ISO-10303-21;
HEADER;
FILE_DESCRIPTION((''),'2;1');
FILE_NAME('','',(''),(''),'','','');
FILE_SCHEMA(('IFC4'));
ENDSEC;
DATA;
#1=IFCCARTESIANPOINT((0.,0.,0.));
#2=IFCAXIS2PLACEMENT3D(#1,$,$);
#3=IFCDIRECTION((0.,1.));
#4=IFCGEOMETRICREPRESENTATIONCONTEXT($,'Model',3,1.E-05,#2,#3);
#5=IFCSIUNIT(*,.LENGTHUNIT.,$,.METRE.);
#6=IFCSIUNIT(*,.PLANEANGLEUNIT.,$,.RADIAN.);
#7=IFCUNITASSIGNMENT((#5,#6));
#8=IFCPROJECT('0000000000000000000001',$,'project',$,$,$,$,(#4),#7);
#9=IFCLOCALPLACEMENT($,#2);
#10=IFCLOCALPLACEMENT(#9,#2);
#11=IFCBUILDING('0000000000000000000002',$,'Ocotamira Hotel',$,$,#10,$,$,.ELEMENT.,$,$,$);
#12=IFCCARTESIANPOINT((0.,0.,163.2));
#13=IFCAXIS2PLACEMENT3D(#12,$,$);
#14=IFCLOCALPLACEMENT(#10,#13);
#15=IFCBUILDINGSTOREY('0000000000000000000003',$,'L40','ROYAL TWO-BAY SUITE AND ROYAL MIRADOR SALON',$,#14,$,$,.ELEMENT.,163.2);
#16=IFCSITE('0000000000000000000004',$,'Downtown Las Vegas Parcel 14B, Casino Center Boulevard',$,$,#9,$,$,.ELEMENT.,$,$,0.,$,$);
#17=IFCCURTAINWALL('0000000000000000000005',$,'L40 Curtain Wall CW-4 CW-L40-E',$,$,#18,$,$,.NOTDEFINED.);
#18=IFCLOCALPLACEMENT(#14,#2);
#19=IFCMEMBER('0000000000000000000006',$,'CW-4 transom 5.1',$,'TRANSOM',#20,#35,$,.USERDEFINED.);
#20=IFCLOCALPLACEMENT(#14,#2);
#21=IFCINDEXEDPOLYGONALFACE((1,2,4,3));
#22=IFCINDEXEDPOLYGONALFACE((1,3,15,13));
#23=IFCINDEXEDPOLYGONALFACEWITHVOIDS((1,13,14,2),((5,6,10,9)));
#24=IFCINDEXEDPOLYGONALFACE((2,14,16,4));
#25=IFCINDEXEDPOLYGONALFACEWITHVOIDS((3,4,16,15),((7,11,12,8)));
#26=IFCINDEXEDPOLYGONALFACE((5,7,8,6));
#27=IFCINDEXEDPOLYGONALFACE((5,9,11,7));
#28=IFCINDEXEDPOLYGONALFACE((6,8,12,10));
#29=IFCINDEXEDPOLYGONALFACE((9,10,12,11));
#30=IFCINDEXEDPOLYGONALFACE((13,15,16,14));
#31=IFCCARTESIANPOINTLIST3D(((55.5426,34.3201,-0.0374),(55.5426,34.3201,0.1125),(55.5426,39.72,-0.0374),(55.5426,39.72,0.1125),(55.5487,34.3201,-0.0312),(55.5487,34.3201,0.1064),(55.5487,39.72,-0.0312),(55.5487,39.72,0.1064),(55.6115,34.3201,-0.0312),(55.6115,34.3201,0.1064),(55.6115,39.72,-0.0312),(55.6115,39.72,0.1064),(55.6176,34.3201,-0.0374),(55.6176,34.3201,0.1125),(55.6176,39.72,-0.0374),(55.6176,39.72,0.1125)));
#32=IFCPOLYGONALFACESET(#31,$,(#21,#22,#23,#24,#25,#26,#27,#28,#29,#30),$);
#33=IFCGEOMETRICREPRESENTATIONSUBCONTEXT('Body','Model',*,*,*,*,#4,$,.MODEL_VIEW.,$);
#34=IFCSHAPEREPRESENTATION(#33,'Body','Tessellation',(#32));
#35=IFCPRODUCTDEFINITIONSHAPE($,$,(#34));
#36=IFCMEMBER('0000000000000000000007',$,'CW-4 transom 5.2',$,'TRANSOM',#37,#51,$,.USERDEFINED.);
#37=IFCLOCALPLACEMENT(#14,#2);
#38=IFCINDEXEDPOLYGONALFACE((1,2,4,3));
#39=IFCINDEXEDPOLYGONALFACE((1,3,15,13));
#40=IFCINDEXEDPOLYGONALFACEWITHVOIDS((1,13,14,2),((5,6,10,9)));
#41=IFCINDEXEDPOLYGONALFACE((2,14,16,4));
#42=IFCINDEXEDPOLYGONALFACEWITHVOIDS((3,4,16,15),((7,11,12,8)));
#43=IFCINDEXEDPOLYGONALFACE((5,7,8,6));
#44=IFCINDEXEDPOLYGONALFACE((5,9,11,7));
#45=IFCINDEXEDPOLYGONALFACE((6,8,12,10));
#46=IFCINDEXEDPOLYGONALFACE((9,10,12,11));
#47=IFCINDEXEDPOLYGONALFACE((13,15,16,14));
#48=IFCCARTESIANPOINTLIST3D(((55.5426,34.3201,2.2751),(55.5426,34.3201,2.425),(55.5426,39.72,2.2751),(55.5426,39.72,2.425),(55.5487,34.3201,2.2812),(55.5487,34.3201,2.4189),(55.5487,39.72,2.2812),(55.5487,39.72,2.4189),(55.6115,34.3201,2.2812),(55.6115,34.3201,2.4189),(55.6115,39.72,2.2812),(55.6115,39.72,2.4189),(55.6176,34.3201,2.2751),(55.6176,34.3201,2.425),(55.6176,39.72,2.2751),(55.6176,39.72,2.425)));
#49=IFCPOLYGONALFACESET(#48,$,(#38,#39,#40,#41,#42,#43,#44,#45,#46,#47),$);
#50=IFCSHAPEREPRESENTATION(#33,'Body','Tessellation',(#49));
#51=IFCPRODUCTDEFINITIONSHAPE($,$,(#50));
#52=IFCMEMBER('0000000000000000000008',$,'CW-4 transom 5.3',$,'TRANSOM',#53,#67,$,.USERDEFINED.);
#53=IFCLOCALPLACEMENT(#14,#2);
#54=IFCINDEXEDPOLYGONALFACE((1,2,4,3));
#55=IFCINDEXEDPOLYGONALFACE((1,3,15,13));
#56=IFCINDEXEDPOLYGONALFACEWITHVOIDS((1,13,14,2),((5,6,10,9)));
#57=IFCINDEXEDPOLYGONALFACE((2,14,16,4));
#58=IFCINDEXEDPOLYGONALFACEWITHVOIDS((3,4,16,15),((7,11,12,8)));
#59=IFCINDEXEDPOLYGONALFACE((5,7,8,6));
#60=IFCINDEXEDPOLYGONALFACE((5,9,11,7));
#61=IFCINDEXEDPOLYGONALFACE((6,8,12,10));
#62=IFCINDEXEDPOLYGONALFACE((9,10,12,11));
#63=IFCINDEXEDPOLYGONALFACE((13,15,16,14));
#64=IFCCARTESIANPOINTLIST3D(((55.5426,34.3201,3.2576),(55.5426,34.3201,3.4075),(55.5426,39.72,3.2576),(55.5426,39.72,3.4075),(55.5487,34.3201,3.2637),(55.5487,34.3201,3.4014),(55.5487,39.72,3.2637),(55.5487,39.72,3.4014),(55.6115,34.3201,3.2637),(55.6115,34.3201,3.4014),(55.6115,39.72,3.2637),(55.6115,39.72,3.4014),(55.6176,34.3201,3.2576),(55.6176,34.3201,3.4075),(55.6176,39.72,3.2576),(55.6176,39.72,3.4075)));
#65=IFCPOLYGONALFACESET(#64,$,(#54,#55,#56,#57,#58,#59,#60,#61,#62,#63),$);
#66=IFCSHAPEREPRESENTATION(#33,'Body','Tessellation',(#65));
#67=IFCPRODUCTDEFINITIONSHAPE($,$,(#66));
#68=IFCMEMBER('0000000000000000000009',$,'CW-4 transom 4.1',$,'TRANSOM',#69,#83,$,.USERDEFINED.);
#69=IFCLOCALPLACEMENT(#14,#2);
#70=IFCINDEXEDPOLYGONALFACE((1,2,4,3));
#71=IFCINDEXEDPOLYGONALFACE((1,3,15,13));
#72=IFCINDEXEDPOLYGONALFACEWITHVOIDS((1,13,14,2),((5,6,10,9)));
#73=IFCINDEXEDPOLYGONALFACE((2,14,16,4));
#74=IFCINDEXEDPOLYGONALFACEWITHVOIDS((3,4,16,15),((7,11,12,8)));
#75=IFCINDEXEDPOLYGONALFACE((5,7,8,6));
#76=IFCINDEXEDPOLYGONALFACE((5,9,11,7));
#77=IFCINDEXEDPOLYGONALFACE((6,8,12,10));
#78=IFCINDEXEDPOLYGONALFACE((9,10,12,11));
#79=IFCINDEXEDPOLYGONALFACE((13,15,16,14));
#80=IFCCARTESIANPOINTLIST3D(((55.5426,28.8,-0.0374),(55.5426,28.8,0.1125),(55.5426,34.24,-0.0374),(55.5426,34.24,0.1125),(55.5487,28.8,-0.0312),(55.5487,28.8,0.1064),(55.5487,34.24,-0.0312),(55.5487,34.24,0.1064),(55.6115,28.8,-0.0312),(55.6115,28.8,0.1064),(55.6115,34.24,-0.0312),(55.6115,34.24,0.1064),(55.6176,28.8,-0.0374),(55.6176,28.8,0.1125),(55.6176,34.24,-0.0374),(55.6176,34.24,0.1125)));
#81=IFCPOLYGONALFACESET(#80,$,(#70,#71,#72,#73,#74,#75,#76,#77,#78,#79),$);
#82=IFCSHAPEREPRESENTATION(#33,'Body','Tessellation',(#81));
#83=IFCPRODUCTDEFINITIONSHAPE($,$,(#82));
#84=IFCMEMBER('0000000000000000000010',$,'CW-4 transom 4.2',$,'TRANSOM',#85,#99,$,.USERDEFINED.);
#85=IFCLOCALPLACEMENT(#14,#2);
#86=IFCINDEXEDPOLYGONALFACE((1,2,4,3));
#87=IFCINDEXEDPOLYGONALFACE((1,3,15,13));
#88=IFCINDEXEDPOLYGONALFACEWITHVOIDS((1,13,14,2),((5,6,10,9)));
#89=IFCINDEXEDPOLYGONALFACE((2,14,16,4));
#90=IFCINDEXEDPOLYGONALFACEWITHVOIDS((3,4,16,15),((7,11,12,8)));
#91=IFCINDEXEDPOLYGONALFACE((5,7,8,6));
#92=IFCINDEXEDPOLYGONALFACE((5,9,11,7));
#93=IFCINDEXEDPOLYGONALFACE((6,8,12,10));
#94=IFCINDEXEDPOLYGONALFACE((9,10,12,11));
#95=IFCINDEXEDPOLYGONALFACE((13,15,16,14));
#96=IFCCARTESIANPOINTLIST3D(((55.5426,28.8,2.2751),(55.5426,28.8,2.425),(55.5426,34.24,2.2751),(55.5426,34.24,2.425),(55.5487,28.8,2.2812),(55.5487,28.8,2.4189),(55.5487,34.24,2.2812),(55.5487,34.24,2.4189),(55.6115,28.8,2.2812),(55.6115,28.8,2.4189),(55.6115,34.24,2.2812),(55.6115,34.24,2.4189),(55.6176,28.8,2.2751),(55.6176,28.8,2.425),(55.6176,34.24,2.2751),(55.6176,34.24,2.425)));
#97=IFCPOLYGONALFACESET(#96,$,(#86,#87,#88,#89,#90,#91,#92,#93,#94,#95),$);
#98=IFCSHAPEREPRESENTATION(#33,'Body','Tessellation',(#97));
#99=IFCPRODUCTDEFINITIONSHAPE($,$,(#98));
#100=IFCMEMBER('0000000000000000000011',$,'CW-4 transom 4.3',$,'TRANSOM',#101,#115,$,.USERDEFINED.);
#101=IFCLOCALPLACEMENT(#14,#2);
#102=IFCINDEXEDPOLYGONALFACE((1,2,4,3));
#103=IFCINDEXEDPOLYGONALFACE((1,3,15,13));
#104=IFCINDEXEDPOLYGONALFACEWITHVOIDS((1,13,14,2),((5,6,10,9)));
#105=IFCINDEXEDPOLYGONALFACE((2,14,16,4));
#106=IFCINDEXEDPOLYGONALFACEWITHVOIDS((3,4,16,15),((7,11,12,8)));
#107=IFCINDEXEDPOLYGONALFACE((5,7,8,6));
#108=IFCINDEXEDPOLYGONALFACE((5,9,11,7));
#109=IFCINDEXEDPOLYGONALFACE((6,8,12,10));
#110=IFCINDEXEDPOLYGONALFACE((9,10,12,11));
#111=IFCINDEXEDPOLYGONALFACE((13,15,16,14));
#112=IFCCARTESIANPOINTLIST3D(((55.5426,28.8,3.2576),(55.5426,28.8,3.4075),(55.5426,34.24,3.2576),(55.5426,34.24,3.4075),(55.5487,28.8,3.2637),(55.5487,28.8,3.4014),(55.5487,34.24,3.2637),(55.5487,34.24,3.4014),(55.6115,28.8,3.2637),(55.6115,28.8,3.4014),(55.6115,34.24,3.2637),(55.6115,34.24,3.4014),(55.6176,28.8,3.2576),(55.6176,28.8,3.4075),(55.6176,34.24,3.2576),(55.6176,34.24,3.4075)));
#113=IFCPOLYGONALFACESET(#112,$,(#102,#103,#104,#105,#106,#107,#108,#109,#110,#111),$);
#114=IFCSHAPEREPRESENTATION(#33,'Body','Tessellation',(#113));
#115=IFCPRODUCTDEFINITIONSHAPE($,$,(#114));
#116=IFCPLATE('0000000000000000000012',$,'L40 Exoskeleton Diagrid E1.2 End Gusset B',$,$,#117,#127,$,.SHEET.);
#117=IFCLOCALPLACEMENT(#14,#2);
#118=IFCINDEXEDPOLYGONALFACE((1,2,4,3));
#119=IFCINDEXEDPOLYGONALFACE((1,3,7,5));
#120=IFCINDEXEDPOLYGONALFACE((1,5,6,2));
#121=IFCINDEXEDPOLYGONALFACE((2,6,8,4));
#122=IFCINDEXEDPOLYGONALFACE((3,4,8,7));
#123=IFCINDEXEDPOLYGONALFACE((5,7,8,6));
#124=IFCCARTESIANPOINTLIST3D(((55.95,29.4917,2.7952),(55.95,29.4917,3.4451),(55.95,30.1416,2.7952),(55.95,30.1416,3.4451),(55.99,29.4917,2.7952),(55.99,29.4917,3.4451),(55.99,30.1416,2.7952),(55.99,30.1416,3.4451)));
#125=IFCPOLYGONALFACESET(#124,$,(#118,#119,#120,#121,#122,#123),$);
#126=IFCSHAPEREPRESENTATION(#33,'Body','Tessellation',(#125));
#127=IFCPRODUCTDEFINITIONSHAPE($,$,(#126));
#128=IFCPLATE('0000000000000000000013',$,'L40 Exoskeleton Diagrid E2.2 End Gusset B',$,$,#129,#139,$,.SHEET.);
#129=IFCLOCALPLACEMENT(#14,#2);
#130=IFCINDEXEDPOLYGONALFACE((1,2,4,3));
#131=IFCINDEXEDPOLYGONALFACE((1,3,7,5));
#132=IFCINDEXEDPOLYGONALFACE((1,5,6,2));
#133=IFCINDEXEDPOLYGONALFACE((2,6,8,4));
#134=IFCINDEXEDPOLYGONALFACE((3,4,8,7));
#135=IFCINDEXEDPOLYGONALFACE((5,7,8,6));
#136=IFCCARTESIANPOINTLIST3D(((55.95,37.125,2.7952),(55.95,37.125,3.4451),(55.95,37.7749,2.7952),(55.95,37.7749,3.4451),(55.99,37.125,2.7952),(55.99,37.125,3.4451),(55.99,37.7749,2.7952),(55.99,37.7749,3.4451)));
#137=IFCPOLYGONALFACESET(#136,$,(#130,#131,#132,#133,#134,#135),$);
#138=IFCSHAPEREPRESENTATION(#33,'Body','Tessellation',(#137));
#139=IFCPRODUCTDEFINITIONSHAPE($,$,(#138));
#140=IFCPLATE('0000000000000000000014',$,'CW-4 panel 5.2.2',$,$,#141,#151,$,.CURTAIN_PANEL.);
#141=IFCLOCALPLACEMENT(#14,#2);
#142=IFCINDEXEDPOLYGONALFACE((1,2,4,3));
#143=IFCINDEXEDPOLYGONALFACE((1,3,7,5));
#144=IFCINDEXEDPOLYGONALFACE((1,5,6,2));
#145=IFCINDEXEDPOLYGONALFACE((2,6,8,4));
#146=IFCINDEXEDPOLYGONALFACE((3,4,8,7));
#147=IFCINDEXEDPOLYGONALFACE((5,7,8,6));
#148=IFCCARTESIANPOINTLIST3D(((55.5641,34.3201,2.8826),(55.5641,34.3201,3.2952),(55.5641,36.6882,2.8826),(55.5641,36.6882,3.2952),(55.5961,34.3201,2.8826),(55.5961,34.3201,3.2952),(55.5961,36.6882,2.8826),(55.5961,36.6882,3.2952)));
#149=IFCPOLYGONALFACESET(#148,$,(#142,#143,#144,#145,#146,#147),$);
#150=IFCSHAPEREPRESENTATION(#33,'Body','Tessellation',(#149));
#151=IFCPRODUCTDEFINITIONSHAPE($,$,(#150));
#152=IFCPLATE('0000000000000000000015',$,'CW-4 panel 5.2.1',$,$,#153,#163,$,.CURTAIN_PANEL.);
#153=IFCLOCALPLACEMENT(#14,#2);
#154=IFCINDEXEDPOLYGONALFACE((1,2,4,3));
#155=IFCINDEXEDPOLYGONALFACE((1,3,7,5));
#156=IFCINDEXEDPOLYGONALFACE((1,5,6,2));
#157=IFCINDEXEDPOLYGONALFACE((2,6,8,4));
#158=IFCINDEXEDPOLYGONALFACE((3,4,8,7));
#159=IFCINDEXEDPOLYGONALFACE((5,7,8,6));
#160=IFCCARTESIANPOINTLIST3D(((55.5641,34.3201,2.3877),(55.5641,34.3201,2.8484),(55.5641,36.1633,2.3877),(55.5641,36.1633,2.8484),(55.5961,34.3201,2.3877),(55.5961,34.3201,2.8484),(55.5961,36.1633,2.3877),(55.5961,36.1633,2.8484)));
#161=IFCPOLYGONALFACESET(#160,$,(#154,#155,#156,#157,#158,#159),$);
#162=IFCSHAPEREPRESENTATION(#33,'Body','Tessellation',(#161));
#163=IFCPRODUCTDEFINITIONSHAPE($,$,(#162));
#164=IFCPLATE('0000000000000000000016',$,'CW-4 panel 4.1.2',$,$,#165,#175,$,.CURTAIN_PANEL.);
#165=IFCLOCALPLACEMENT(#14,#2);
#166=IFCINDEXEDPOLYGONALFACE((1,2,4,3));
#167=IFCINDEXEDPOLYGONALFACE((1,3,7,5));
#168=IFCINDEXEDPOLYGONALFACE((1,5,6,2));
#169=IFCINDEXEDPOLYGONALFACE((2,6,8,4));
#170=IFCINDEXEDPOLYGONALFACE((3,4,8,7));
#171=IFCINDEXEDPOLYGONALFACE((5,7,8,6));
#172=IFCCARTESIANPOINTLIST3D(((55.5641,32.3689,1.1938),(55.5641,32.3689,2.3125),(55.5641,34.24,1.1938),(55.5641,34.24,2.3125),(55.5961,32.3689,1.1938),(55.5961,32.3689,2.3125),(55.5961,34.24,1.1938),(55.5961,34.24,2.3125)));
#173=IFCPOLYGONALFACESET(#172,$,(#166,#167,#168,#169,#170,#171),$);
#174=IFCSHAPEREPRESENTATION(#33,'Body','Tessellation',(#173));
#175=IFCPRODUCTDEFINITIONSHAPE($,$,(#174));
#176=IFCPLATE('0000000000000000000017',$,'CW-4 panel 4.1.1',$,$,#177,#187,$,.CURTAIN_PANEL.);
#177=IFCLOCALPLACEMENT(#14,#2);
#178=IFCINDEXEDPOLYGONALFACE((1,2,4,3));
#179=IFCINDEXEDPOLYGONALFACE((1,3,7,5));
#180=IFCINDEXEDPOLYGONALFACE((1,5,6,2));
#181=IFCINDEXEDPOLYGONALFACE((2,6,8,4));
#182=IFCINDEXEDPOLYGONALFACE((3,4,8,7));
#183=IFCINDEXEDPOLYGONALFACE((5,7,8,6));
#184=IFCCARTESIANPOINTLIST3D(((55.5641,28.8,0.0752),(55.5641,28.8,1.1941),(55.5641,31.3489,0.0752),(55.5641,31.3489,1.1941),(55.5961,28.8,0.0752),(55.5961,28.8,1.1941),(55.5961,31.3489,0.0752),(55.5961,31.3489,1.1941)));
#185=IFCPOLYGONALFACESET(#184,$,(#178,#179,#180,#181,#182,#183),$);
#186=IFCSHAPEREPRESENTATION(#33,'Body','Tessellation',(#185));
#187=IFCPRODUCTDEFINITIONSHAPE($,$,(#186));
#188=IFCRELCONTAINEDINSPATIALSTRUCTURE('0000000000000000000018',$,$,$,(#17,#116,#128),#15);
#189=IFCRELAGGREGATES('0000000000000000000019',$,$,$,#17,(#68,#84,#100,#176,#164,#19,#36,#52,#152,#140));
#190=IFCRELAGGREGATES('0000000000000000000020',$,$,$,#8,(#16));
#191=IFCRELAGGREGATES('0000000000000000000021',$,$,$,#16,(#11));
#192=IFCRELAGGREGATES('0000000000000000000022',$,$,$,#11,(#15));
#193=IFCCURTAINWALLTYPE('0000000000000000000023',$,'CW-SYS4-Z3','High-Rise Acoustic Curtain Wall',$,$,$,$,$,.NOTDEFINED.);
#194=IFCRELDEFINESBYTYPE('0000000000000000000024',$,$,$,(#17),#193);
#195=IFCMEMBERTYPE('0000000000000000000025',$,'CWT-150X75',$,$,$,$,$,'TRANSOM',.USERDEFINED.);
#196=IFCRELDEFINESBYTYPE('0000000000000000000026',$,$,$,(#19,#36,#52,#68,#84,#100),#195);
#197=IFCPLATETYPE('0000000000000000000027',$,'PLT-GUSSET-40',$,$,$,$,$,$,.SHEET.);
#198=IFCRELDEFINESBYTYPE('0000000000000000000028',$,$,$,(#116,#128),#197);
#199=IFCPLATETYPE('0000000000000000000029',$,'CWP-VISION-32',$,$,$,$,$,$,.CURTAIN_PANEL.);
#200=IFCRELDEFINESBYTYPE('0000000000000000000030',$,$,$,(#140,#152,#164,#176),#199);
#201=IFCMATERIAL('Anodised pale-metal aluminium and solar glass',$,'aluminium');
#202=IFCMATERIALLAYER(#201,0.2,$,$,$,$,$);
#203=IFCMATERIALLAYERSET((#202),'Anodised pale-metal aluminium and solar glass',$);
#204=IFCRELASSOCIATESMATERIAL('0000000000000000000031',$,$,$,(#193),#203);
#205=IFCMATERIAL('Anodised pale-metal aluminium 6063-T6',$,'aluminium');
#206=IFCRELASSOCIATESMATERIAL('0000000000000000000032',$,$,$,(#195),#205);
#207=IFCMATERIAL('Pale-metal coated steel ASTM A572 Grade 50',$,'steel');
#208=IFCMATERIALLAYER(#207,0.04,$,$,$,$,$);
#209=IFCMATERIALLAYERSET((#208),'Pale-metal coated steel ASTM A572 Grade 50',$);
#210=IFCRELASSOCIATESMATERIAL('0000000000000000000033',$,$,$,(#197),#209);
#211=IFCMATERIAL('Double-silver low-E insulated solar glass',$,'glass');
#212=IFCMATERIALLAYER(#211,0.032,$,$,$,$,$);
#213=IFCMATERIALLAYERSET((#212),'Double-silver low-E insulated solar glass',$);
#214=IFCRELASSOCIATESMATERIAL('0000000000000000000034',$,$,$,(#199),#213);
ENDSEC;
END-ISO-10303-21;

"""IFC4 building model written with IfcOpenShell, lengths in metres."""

from ifc_helpers import new_model, si_unit, direction, frame, origin, origin_2d, place, context, subcontext, project, spatial, rectangle, hollow_rectangle, extrude, source, transform, mapped, material, layer, layer_set, material_profile, profile_set, type_object, element, aggregate, save


model = new_model("IFC4")

# Units and contexts
model_context = context("Model", 3, precision=1e-05, world=origin(), true_north=direction((0.0, 1.0)))
body_context = subcontext(model_context, "Body", "Model", "MODEL_VIEW")
ifc_project = project(units=[si_unit("LENGTHUNIT", "METRE"), si_unit("PLANEANGLEUNIT", "RADIAN")], contexts=[model_context])

# Site, building, storey
site_placement = place(None, origin())
site = spatial("IfcSite", under=ifc_project, at=site_placement, Name="Downtown Las Vegas Parcel 14B, Casino Center Boulevard", CompositionType="ELEMENT", RefElevation=0.0)
building_placement = place(site_placement, origin())
building = spatial("IfcBuilding", under=site, at=building_placement, Name="Ocotamira Hotel", CompositionType="ELEMENT")
storey_placement = place(building_placement, frame((0.0, 0.0, 163.2)))
storey = spatial("IfcBuildingStorey", under=building, at=storey_placement, Name="L40", Description="ROYAL TWO-BAY SUITE AND ROYAL MIRADOR SALON", CompositionType="ELEMENT", Elevation=163.2)

# Curtain wall, members
ifc_material_1 = material(Name="Anodised pale-metal aluminium and solar glass", Category="aluminium")
ifc_layer_1 = layer(ifc_material_1, 0.2)
ifc_layer_set_1 = layer_set([ifc_layer_1], Name="Anodised pale-metal aluminium and solar glass")
curtain_wall_type = type_object("IfcCurtainWallType", Name="CW-SYS4-Z3", Description="High-Rise Acoustic Curtain Wall", PredefinedType="NOTDEFINED", material=ifc_layer_set_1)
curtain_wall_placement = place(storey_placement, origin())
curtain_wall = element("IfcCurtainWall", 1, at=curtain_wall_placement, inside=storey, type_object=curtain_wall_type, Name="L40 Curtain Wall CW-4 CW-L40-E", PredefinedType="NOTDEFINED")
ifc_material_2 = material(Name="Anodised pale-metal aluminium 6063-T6", Category="aluminium")
ifc_material_profile_1 = material_profile(ifc_material_2, hollow_rectangle(XDim=0.075, YDim=0.1499, WallThickness=0.0061, at=origin_2d()), Name="HSS150X75X6")
ifc_profile_set_1 = profile_set([ifc_material_profile_1], Name="Anodised pale-metal aluminium 6063-T6")
member_type_1 = type_object("IfcMemberType", Name="CWT-150X75", ElementType="TRANSOM", PredefinedType="USERDEFINED", material=ifc_profile_set_1)
shared_shape_1 = source(origin(), body_context, "Body", "SweptSolid", [
    extrude(hollow_rectangle(XDim=0.075, YDim=0.1499, WallThickness=0.0061, at=origin_2d()), origin(), (0.0, 0.0, 1.0), 5.3999),
])
member_1_placement = place(storey_placement, frame((55.5801, 34.3201, 0.0376), z_axis=(0.0, 1.0, 0.0), x_axis=(-1.0, 0.0, 0.0)))
member_1 = element("IfcMember", 2, at=member_1_placement, type_object=member_type_1, Name="CW-4 transom 5.1", ObjectType="TRANSOM", PredefinedType="USERDEFINED", context=body_context, shape_type="MappedRepresentation", body=[
    mapped(shared_shape_1, transform((0.0, 0.0, 0.0), scale=1.0)),
])
member_2_placement = place(storey_placement, frame((55.5801, 34.3201, 2.3501), z_axis=(0.0, 1.0, 0.0), x_axis=(-1.0, 0.0, 0.0)))
member_2 = element("IfcMember", 3, at=member_2_placement, type_object=member_type_1, Name="CW-4 transom 5.2", ObjectType="TRANSOM", PredefinedType="USERDEFINED", context=body_context, shape_type="MappedRepresentation", body=[
    mapped(shared_shape_1, transform((0.0, 0.0, 0.0), scale=1.0)),
])
member_3_placement = place(storey_placement, frame((55.5801, 34.3201, 3.3325), z_axis=(0.0, 1.0, 0.0), x_axis=(-1.0, 0.0, 0.0)))
member_3 = element("IfcMember", 4, at=member_3_placement, type_object=member_type_1, Name="CW-4 transom 5.3", ObjectType="TRANSOM", PredefinedType="USERDEFINED", context=body_context, shape_type="MappedRepresentation", body=[
    mapped(shared_shape_1, transform((0.0, 0.0, 0.0), scale=1.0)),
])
shared_shape_2 = source(origin(), body_context, "Body", "SweptSolid", [
    extrude(hollow_rectangle(XDim=0.075, YDim=0.1499, WallThickness=0.0061, at=origin_2d()), origin(), (0.0, 0.0, 1.0), 5.4399),
])
member_4_placement = place(storey_placement, frame((55.5801, 28.8, 0.0376), z_axis=(0.0, 1.0, 0.0), x_axis=(-1.0, 0.0, 0.0)))
member_4 = element("IfcMember", 5, at=member_4_placement, type_object=member_type_1, Name="CW-4 transom 4.1", ObjectType="TRANSOM", PredefinedType="USERDEFINED", context=body_context, shape_type="MappedRepresentation", body=[
    mapped(shared_shape_2, transform((0.0, 0.0, 0.0), scale=1.0)),
])
member_5_placement = place(storey_placement, frame((55.5801, 28.8, 2.3501), z_axis=(0.0, 1.0, 0.0), x_axis=(-1.0, 0.0, 0.0)))
member_5 = element("IfcMember", 6, at=member_5_placement, type_object=member_type_1, Name="CW-4 transom 4.2", ObjectType="TRANSOM", PredefinedType="USERDEFINED", context=body_context, shape_type="MappedRepresentation", body=[
    mapped(shared_shape_2, transform((0.0, 0.0, 0.0), scale=1.0)),
])
member_6_placement = place(storey_placement, frame((55.5801, 28.8, 3.3325), z_axis=(0.0, 1.0, 0.0), x_axis=(-1.0, 0.0, 0.0)))
member_6 = element("IfcMember", 7, at=member_6_placement, type_object=member_type_1, Name="CW-4 transom 4.3", ObjectType="TRANSOM", PredefinedType="USERDEFINED", context=body_context, shape_type="MappedRepresentation", body=[
    mapped(shared_shape_2, transform((0.0, 0.0, 0.0), scale=1.0)),
])

# Plates
ifc_material_3 = material(Name="Pale-metal coated steel ASTM A572 Grade 50", Category="steel")
ifc_layer_2 = layer(ifc_material_3, 0.04)
ifc_layer_set_2 = layer_set([ifc_layer_2], Name="Pale-metal coated steel ASTM A572 Grade 50")
plate_type_1 = type_object("IfcPlateType", Name="PLT-GUSSET-40", PredefinedType="SHEET", material=ifc_layer_set_2)
shared_shape_3 = source(origin(), body_context, "Body", "SweptSolid", [
    extrude(rectangle(XDim=0.04, YDim=0.6499, at=origin_2d()), origin(), (0.0, 0.0, 1.0), 0.6499),
])
for number, where, z_axis, x_axis, name in (
    (8, (55.97, 29.8167, 2.7952), (0.0, 0.0, 1.0), (1.0, 0.0, 0.0), "L40 Exoskeleton Diagrid E1.2 End Gusset B"),
    (9, (55.97, 37.45, 2.7952), (0.0, 0.0, 1.0), (1.0, 0.0, 0.0), "L40 Exoskeleton Diagrid E2.2 End Gusset B"),
):
    element("IfcPlate", number, at=place(storey_placement, frame(where, z_axis=z_axis, x_axis=x_axis)), inside=storey, type_object=plate_type_1, Name=name, PredefinedType="SHEET", context=body_context, shape_type="MappedRepresentation", body=[
        mapped(shared_shape_3, transform((0.0, 0.0, 0.0), scale=1.0)),
    ])

# Plates
ifc_material_4 = material(Name="Double-silver low-E insulated solar glass", Category="glass")
ifc_layer_3 = layer(ifc_material_4, 0.032)
ifc_layer_set_3 = layer_set([ifc_layer_3], Name="Double-silver low-E insulated solar glass")
plate_type_2 = type_object("IfcPlateType", Name="CWP-VISION-32", PredefinedType="CURTAIN_PANEL", material=ifc_layer_set_3)
shared_shape_4 = source(origin(), body_context, "Body", "SweptSolid", [
    extrude(rectangle(XDim=2.3682, YDim=0.032, at=origin_2d()), origin(), (0.0, 0.0, 1.0), 0.4126),
])
plate_1_placement = place(storey_placement, frame((55.5801, 35.5042, 2.8826), z_axis=(0.0, 0.0, 1.0), x_axis=(0.0, 1.0, 0.0)))
plate_1 = element("IfcPlate", 10, at=plate_1_placement, type_object=plate_type_2, Name="CW-4 panel 5.2.2", PredefinedType="CURTAIN_PANEL", context=body_context, shape_type="MappedRepresentation", body=[
    mapped(shared_shape_4, transform((0.0, 0.0, 0.0), scale=1.0)),
])
shared_shape_5 = source(origin(), body_context, "Body", "SweptSolid", [
    extrude(rectangle(XDim=1.8433, YDim=0.032, at=origin_2d()), origin(), (0.0, 0.0, 1.0), 0.4607),
])
plate_2_placement = place(storey_placement, frame((55.5801, 35.2417, 2.3877), z_axis=(0.0, 0.0, 1.0), x_axis=(0.0, 1.0, 0.0)))
plate_2 = element("IfcPlate", 11, at=plate_2_placement, type_object=plate_type_2, Name="CW-4 panel 5.2.1", PredefinedType="CURTAIN_PANEL", context=body_context, shape_type="MappedRepresentation", body=[
    mapped(shared_shape_5, transform((0.0, 0.0, 0.0), scale=1.0)),
])
shared_shape_6 = source(origin(), body_context, "Body", "SweptSolid", [
    extrude(rectangle(XDim=1.8711, YDim=0.032, at=origin_2d()), origin(), (0.0, 0.0, 1.0), 1.1187),
])
plate_3_placement = place(storey_placement, frame((55.5801, 33.3044, 1.1938), z_axis=(0.0, 0.0, 1.0), x_axis=(0.0, 1.0, 0.0)))
plate_3 = element("IfcPlate", 12, at=plate_3_placement, type_object=plate_type_2, Name="CW-4 panel 4.1.2", PredefinedType="CURTAIN_PANEL", context=body_context, shape_type="MappedRepresentation", body=[
    mapped(shared_shape_6, transform((0.0, 0.0, 0.0), scale=1.0)),
])
shared_shape_7 = source(origin(), body_context, "Body", "SweptSolid", [
    extrude(rectangle(XDim=2.5488, YDim=0.032, at=origin_2d()), origin(), (0.0, 0.0, 1.0), 1.1189),
])
plate_4_placement = place(storey_placement, frame((55.5801, 30.0745, 0.0752), z_axis=(0.0, 0.0, 1.0), x_axis=(0.0, 1.0, 0.0)))
plate_4 = element("IfcPlate", 13, at=plate_4_placement, type_object=plate_type_2, Name="CW-4 panel 4.1.1", PredefinedType="CURTAIN_PANEL", context=body_context, shape_type="MappedRepresentation", body=[
    mapped(shared_shape_7, transform((0.0, 0.0, 0.0), scale=1.0)),
])
aggregate(curtain_wall, [member_4, member_5, member_6, plate_4, plate_3, member_1, member_2, member_3, plate_2, plate_1])

save(model, "model.ifc")
